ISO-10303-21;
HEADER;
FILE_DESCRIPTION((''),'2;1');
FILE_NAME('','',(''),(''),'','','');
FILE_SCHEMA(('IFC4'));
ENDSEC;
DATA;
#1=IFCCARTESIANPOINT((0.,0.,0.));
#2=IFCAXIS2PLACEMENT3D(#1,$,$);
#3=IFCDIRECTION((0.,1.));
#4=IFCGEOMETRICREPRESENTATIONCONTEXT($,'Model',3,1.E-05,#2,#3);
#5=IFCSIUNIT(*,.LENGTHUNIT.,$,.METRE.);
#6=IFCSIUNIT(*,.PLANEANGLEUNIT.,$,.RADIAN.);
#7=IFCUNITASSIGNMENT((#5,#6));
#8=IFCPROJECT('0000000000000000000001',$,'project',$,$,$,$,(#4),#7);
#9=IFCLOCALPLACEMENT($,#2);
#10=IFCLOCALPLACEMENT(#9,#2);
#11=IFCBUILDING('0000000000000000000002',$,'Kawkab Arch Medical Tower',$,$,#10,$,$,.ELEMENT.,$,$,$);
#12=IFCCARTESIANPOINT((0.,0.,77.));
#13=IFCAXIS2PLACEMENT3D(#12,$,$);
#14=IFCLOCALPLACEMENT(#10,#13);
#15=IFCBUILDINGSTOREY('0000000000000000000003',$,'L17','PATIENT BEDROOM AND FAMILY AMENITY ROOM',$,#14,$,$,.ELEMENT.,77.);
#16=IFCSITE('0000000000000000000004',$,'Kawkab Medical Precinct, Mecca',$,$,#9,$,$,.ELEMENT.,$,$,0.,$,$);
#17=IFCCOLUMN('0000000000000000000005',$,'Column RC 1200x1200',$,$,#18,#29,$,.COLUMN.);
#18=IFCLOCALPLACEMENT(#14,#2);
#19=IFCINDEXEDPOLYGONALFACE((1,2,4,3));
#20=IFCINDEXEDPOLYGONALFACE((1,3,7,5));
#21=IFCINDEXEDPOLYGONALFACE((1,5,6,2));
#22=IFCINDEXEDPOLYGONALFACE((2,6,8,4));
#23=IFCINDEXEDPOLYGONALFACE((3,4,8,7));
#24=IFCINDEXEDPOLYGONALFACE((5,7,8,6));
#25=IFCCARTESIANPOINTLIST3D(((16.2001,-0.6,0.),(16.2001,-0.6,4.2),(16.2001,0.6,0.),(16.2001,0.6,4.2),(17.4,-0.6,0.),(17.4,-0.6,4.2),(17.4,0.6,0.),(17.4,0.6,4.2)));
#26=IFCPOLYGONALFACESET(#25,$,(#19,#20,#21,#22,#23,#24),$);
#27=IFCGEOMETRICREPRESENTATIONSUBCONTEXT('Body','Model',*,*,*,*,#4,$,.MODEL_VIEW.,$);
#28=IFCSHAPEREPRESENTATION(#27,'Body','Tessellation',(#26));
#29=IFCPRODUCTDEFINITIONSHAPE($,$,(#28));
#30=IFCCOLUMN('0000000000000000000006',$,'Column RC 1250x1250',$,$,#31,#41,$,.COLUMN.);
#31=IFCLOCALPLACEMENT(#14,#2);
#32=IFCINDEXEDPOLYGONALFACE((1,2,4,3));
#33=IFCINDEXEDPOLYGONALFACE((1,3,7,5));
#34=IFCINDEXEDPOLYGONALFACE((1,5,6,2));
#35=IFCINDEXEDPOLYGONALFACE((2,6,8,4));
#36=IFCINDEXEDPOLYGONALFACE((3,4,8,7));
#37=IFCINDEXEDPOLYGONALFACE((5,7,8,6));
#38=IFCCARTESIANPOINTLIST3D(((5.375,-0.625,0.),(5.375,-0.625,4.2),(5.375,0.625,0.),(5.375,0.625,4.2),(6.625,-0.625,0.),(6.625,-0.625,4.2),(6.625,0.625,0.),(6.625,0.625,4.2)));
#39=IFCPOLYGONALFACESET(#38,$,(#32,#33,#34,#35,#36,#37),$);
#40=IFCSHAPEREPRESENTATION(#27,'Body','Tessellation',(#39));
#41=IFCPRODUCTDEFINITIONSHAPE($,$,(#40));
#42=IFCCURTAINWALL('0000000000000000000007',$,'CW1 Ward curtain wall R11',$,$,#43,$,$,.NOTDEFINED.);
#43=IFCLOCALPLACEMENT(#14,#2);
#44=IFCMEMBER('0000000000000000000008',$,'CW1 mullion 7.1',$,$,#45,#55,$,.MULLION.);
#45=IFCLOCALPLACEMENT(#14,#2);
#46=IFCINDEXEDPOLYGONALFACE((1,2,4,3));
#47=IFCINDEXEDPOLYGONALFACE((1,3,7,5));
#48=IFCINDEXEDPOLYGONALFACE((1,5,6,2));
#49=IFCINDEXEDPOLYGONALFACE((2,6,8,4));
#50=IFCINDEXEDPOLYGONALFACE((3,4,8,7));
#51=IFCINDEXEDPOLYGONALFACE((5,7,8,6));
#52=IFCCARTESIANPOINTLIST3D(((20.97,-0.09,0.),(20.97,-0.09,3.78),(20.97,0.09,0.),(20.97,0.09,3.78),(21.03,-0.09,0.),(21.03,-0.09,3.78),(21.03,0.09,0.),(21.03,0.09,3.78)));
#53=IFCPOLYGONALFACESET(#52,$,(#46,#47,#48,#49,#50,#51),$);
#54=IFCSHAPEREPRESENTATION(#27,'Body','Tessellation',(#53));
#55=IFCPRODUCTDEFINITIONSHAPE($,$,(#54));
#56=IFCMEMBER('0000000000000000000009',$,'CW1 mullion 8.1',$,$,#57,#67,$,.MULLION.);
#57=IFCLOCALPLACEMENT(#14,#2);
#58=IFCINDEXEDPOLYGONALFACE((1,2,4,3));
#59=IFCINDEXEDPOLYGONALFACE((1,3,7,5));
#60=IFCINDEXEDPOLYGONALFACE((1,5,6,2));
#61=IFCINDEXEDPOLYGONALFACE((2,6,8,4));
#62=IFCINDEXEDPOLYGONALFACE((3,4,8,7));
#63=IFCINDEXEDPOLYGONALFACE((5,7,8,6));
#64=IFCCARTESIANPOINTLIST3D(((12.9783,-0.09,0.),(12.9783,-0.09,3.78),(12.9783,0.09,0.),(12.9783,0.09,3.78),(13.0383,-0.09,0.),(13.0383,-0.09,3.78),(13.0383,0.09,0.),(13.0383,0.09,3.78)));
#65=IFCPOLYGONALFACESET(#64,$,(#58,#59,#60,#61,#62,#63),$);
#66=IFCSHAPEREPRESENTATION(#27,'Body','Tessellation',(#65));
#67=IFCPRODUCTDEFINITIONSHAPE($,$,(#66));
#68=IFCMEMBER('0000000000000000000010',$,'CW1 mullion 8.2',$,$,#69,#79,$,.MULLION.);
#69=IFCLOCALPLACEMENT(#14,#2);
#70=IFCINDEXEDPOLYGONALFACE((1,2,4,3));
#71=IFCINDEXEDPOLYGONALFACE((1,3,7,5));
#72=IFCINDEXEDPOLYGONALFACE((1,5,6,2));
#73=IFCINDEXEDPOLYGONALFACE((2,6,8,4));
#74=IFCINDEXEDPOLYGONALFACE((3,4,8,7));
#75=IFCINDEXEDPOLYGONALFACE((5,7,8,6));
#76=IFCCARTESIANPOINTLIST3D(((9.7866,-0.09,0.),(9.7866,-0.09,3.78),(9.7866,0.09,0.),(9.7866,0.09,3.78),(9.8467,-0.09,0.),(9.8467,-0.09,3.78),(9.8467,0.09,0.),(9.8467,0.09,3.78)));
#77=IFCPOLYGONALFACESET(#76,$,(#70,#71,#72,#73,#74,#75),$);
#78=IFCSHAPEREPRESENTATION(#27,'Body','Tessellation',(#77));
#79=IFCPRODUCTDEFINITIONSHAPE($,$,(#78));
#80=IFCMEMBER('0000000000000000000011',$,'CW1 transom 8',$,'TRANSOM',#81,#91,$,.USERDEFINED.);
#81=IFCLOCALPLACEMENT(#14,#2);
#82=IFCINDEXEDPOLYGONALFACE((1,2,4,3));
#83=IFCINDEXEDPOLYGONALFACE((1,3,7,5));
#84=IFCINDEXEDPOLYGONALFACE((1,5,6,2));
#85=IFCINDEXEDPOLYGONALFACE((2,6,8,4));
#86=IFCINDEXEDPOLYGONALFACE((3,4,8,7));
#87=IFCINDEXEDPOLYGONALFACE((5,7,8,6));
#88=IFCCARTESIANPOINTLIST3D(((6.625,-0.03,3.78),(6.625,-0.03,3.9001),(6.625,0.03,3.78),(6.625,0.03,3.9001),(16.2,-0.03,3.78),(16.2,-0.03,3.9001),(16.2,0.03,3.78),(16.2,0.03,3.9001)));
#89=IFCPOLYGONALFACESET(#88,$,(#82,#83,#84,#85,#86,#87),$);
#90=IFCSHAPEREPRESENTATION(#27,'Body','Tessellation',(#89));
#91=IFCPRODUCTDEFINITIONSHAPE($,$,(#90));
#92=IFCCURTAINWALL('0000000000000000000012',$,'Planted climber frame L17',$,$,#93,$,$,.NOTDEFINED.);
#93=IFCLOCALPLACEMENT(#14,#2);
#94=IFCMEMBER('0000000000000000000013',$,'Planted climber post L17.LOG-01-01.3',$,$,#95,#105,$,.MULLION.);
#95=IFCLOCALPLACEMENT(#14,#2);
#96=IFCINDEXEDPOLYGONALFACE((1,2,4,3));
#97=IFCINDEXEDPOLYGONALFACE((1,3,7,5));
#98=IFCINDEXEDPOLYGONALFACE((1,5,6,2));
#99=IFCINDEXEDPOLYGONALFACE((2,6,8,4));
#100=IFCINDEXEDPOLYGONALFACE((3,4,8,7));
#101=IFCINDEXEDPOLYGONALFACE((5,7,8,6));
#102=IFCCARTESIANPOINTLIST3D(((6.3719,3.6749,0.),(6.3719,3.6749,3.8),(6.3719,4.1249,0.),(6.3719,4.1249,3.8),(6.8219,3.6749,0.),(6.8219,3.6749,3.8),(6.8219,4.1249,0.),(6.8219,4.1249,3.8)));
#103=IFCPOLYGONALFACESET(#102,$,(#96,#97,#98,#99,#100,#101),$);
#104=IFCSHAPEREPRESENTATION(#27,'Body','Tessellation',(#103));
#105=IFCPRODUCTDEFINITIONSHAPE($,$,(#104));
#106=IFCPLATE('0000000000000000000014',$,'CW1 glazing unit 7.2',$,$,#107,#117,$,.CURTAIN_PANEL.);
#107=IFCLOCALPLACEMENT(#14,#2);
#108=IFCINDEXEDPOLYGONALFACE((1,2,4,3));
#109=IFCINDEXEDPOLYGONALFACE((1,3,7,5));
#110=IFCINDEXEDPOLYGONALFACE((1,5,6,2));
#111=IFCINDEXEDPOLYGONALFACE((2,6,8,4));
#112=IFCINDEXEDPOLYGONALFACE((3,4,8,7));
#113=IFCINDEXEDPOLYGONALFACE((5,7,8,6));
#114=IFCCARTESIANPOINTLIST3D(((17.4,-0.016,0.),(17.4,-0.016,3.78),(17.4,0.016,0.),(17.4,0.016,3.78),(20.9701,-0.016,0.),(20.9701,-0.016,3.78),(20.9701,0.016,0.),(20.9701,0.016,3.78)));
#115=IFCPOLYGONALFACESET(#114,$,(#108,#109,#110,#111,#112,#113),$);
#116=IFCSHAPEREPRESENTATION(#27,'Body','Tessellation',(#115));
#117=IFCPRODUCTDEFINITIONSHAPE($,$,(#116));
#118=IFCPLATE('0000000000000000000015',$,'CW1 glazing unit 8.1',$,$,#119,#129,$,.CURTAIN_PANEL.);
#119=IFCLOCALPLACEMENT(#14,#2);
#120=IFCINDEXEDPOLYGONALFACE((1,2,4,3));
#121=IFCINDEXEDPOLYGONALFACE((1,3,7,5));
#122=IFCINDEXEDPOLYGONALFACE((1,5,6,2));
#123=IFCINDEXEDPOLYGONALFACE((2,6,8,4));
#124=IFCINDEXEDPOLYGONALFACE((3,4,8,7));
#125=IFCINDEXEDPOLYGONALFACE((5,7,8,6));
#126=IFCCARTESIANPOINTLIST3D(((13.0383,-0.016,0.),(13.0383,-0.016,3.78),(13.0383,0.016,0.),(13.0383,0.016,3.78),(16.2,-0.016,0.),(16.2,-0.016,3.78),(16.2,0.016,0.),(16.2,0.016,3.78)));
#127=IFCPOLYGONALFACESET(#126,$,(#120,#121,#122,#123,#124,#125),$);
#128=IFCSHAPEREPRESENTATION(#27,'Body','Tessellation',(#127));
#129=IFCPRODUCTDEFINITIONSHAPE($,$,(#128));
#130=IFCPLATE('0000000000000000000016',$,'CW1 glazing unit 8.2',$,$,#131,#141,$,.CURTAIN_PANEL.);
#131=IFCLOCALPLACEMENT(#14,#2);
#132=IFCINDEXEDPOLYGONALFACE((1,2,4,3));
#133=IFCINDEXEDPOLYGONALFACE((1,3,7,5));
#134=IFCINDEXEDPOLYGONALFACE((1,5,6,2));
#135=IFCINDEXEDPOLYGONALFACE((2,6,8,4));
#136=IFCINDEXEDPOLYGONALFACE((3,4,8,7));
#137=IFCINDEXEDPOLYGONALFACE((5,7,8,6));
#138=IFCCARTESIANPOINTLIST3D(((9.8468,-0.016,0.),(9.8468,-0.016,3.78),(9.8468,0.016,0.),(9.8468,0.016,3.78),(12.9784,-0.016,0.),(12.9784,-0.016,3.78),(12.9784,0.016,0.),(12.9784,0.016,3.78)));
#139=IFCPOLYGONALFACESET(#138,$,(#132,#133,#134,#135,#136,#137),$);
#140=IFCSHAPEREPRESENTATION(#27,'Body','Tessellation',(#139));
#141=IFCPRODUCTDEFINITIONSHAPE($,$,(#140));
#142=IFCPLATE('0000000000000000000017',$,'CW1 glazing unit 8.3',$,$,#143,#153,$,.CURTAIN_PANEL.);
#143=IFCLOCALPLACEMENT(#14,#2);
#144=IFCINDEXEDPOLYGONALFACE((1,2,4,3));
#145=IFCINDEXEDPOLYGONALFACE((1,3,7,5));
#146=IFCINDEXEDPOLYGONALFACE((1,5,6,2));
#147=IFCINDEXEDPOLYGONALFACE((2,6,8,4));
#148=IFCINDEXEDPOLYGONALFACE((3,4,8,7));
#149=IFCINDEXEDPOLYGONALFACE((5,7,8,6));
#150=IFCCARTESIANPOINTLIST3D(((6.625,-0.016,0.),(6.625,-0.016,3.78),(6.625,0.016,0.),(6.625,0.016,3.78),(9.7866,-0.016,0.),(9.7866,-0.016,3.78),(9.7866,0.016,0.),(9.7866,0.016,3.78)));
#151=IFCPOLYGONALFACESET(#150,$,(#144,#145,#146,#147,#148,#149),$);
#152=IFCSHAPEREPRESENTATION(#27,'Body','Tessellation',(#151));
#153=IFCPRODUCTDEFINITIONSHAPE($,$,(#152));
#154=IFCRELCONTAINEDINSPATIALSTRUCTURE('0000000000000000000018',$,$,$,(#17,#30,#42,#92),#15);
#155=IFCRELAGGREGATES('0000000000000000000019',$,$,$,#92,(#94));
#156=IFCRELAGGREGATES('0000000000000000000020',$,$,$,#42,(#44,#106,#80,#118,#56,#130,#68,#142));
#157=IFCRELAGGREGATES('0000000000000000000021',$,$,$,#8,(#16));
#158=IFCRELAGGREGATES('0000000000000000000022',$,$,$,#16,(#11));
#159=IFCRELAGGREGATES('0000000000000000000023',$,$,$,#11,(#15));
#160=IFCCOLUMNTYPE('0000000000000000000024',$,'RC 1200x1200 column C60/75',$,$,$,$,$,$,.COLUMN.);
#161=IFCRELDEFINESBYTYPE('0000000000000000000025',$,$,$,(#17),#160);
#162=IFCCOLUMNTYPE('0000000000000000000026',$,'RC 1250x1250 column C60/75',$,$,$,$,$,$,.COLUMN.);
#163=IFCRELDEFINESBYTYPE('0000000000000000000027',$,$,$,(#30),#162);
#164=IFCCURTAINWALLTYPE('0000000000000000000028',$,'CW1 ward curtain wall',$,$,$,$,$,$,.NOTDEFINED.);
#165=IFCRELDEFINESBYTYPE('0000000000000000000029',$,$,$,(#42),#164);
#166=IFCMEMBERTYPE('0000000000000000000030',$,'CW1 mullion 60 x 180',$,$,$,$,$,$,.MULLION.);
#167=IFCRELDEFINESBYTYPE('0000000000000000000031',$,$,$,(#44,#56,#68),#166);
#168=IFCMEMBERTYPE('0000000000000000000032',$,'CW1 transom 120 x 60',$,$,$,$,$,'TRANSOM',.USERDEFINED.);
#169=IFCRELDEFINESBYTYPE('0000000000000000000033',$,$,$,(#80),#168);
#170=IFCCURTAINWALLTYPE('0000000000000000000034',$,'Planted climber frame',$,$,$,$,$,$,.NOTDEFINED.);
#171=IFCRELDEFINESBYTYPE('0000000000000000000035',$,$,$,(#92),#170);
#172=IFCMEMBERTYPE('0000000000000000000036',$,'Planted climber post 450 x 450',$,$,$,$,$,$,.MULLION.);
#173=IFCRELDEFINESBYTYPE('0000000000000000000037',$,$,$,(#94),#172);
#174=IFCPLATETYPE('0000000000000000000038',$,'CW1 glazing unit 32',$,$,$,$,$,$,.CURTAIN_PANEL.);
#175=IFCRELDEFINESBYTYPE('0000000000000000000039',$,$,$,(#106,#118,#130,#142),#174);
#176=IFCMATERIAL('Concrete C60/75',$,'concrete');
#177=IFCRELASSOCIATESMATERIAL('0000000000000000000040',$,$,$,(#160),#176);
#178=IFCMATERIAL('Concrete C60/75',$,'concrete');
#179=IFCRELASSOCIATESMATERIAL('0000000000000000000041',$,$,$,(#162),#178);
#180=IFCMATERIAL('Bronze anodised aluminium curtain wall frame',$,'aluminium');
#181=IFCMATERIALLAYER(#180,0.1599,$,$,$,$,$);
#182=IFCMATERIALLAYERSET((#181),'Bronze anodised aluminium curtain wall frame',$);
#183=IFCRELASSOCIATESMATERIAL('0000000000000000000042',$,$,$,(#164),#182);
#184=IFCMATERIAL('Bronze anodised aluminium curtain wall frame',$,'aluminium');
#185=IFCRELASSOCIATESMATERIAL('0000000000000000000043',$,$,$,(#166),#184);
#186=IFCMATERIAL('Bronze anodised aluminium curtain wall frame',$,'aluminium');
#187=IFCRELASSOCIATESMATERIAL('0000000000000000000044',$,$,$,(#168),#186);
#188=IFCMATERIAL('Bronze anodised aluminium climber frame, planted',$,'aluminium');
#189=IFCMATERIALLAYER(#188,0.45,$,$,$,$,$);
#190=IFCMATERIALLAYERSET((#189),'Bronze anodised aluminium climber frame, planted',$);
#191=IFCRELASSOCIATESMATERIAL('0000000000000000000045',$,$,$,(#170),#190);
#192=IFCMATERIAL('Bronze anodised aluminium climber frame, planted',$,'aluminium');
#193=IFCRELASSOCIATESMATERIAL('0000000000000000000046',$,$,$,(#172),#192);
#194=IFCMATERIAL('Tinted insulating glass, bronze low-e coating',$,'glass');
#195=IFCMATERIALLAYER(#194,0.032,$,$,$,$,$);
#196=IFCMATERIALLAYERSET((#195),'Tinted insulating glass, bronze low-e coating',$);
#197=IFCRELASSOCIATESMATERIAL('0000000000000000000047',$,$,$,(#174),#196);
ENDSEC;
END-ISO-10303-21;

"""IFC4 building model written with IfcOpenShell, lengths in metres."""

from ifc_helpers import new_model, si_unit, direction, frame, origin, origin_2d, place, context, subcontext, project, spatial, rectangle, extrude, material, layer, layer_set, material_profile, profile_set, type_object, element, aggregate, save


model = new_model("IFC4")

# Units and contexts
model_context = context("Model", 3, precision=1e-05, world=origin(), true_north=direction((0.0, 1.0)))
body_context = subcontext(model_context, "Body", "Model", "MODEL_VIEW")
ifc_project = project(units=[si_unit("LENGTHUNIT", "METRE"), si_unit("PLANEANGLEUNIT", "RADIAN")], contexts=[model_context])

# Site, building, storey
site_placement = place(None, origin())
site = spatial("IfcSite", under=ifc_project, at=site_placement, Name="Kawkab Medical Precinct, Mecca", CompositionType="ELEMENT", RefElevation=0.0)
building_placement = place(site_placement, origin())
building = spatial("IfcBuilding", under=site, at=building_placement, Name="Kawkab Arch Medical Tower", CompositionType="ELEMENT")
storey_placement = place(building_placement, frame((0.0, 0.0, 77.0)))
storey = spatial("IfcBuildingStorey", under=building, at=storey_placement, Name="L17", Description="PATIENT BEDROOM AND FAMILY AMENITY ROOM", CompositionType="ELEMENT", Elevation=77.0)

# Columns
ifc_material_1 = material(Name="Concrete C60/75", Category="concrete")
ifc_material_profile_1 = material_profile(ifc_material_1, rectangle(XDim=1.2, YDim=1.2, at=origin_2d()), Name="RC 1200x1200")
ifc_profile_set_1 = profile_set([ifc_material_profile_1], Name="Concrete C60/75")
column_type_1 = type_object("IfcColumnType", Name="RC 1200x1200 column C60/75", PredefinedType="COLUMN", material=ifc_profile_set_1)
column_1_placement = place(storey_placement, frame((16.8, 0.0, 0.0), z_axis=(0.0, 0.0, 1.0), x_axis=(1.0, 0.0, 0.0)))
element("IfcColumn", 1, at=column_1_placement, inside=storey, type_object=column_type_1, Name="Column RC 1200x1200", PredefinedType="COLUMN", context=body_context, shape_type="SweptSolid", body=[
    extrude(rectangle(XDim=1.2, YDim=1.2, at=origin_2d()), origin(), (0.0, 0.0, 1.0), 4.2),
])
ifc_material_2 = material(Name="Concrete C60/75", Category="concrete")
ifc_material_profile_2 = material_profile(ifc_material_2, rectangle(XDim=1.25, YDim=1.25, at=origin_2d()), Name="RC 1250x1250")
ifc_profile_set_2 = profile_set([ifc_material_profile_2], Name="Concrete C60/75")
column_type_2 = type_object("IfcColumnType", Name="RC 1250x1250 column C60/75", PredefinedType="COLUMN", material=ifc_profile_set_2)
column_2_placement = place(storey_placement, frame((6.0, 0.0, 0.0), z_axis=(0.0, 0.0, 1.0), x_axis=(1.0, 0.0, 0.0)))
element("IfcColumn", 2, at=column_2_placement, inside=storey, type_object=column_type_2, Name="Column RC 1250x1250", PredefinedType="COLUMN", context=body_context, shape_type="SweptSolid", body=[
    extrude(rectangle(XDim=1.25, YDim=1.25, at=origin_2d()), origin(), (0.0, 0.0, 1.0), 4.2),
])

# Curtain wall, members
ifc_material_3 = material(Name="Bronze anodised aluminium curtain wall frame", Category="aluminium")
ifc_layer_1 = layer(ifc_material_3, 0.1599)
ifc_layer_set_1 = layer_set([ifc_layer_1], Name="Bronze anodised aluminium curtain wall frame")
curtain_wall_type_1 = type_object("IfcCurtainWallType", Name="CW1 ward curtain wall", PredefinedType="NOTDEFINED", material=ifc_layer_set_1)
placement = place(storey_placement, origin())
curtain_wall_1 = element("IfcCurtainWall", 3, at=placement, inside=storey, type_object=curtain_wall_type_1, Name="CW1 Ward curtain wall R11", PredefinedType="NOTDEFINED")
ifc_material_4 = material(Name="Bronze anodised aluminium curtain wall frame", Category="aluminium")
ifc_material_profile_3 = material_profile(ifc_material_4, rectangle(XDim=0.1799, YDim=0.0601, at=origin_2d()), Name="AL 60x180")
ifc_profile_set_3 = profile_set([ifc_material_profile_3], Name="Bronze anodised aluminium curtain wall frame")
member_type_1 = type_object("IfcMemberType", Name="CW1 mullion 60 x 180", PredefinedType="MULLION", material=ifc_profile_set_3)
member_1_placement = place(storey_placement, frame((21.0, 0.0, 0.0), z_axis=(0.0, 0.0, 1.0), x_axis=(0.0, -1.0, 0.0)))
member_1 = element("IfcMember", 4, at=member_1_placement, type_object=member_type_1, Name="CW1 mullion 7.1", PredefinedType="MULLION", context=body_context, shape_type="SweptSolid", body=[
    extrude(rectangle(XDim=0.1799, YDim=0.0601, at=origin_2d()), origin(), (0.0, 0.0, 1.0), 3.78),
])
member_2_placement = place(storey_placement, frame((13.0083, 0.0, 0.0), z_axis=(0.0, 0.0, 1.0), x_axis=(0.0, -1.0, 0.0)))
member_2 = element("IfcMember", 5, at=member_2_placement, type_object=member_type_1, Name="CW1 mullion 8.1", PredefinedType="MULLION", context=body_context, shape_type="SweptSolid", body=[
    extrude(rectangle(XDim=0.1799, YDim=0.0601, at=origin_2d()), origin(), (0.0, 0.0, 1.0), 3.78),
])
member_3_placement = place(storey_placement, frame((9.8167, 0.0, 0.0), z_axis=(0.0, 0.0, 1.0), x_axis=(0.0, -1.0, 0.0)))
member_3 = element("IfcMember", 6, at=member_3_placement, type_object=member_type_1, Name="CW1 mullion 8.2", PredefinedType="MULLION", context=body_context, shape_type="SweptSolid", body=[
    extrude(rectangle(XDim=0.1799, YDim=0.0601, at=origin_2d()), origin(), (0.0, 0.0, 1.0), 3.78),
])
ifc_material_5 = material(Name="Bronze anodised aluminium curtain wall frame", Category="aluminium")
ifc_material_profile_4 = material_profile(ifc_material_5, rectangle(XDim=0.0601, YDim=0.1201, at=origin_2d()), Name="AL 60x120")
ifc_profile_set_4 = profile_set([ifc_material_profile_4], Name="Bronze anodised aluminium curtain wall frame")
member_type_2 = type_object("IfcMemberType", Name="CW1 transom 120 x 60", ElementType="TRANSOM", PredefinedType="USERDEFINED", material=ifc_profile_set_4)
member_4_placement = place(storey_placement, frame((16.2, 0.0, 3.8401), z_axis=(-1.0, 0.0, 0.0), x_axis=(0.0, -1.0, 0.0)))
member_4 = element("IfcMember", 7, at=member_4_placement, type_object=member_type_2, Name="CW1 transom 8", ObjectType="TRANSOM", PredefinedType="USERDEFINED", context=body_context, shape_type="SweptSolid", body=[
    extrude(rectangle(XDim=0.0601, YDim=0.1201, at=origin_2d()), origin(), (0.0, 0.0, 1.0), 9.575),
])

# Curtain wall, member
ifc_material_6 = material(Name="Bronze anodised aluminium climber frame, planted", Category="aluminium")
ifc_layer_2 = layer(ifc_material_6, 0.45)
ifc_layer_set_2 = layer_set([ifc_layer_2], Name="Bronze anodised aluminium climber frame, planted")
curtain_wall_type_2 = type_object("IfcCurtainWallType", Name="Planted climber frame", PredefinedType="NOTDEFINED", material=ifc_layer_set_2)
curtain_wall_2 = element("IfcCurtainWall", 8, at=placement, inside=storey, type_object=curtain_wall_type_2, Name="Planted climber frame L17", PredefinedType="NOTDEFINED")
ifc_material_7 = material(Name="Bronze anodised aluminium climber frame, planted", Category="aluminium")
ifc_material_profile_5 = material_profile(ifc_material_7, rectangle(XDim=0.45, YDim=0.45, at=origin_2d()), Name="Post 450x450")
ifc_profile_set_5 = profile_set([ifc_material_profile_5], Name="Bronze anodised aluminium climber frame, planted")
member_type_3 = type_object("IfcMemberType", Name="Planted climber post 450 x 450", PredefinedType="MULLION", material=ifc_profile_set_5)
member_5_placement = place(storey_placement, frame((6.5969, 3.8999, 0.0), z_axis=(0.0, 0.0, 1.0), x_axis=(1.0, 0.0, 0.0)))
member_5 = element("IfcMember", 9, at=member_5_placement, type_object=member_type_3, Name="Planted climber post L17.LOG-01-01.3", PredefinedType="MULLION", context=body_context, shape_type="SweptSolid", body=[
    extrude(rectangle(XDim=0.45, YDim=0.45, at=origin_2d()), origin(), (0.0, 0.0, 1.0), 3.8),
])
aggregate(curtain_wall_2, [member_5])

# Plates
ifc_material_8 = material(Name="Tinted insulating glass, bronze low-e coating", Category="glass")
ifc_layer_3 = layer(ifc_material_8, 0.032)
ifc_layer_set_3 = layer_set([ifc_layer_3], Name="Tinted insulating glass, bronze low-e coating")
plate_type = type_object("IfcPlateType", Name="CW1 glazing unit 32", PredefinedType="CURTAIN_PANEL", material=ifc_layer_set_3)
plate_1_placement = place(storey_placement, frame((19.1851, 0.0, 0.0), z_axis=(0.0, 0.0, 1.0), x_axis=(-1.0, 0.0, 0.0)))
plate_1 = element("IfcPlate", 10, at=plate_1_placement, type_object=plate_type, Name="CW1 glazing unit 7.2", PredefinedType="CURTAIN_PANEL", context=body_context, shape_type="SweptSolid", body=[
    extrude(rectangle(XDim=3.5701, YDim=0.032, at=origin_2d()), origin(), (0.0, 0.0, 1.0), 3.78),
])
plate_2_placement = place(storey_placement, frame((14.6191, 0.0, 0.0), z_axis=(0.0, 0.0, 1.0), x_axis=(-1.0, 0.0, 0.0)))
plate_2 = element("IfcPlate", 11, at=plate_2_placement, type_object=plate_type, Name="CW1 glazing unit 8.1", PredefinedType="CURTAIN_PANEL", context=body_context, shape_type="SweptSolid", body=[
    extrude(rectangle(XDim=3.1616, YDim=0.032, at=origin_2d()), origin(), (0.0, 0.0, 1.0), 3.78),
])
plate_3_placement = place(storey_placement, frame((11.4126, 0.0, 0.0), z_axis=(0.0, 0.0, 1.0), x_axis=(-1.0, 0.0, 0.0)))
plate_3 = element("IfcPlate", 12, at=plate_3_placement, type_object=plate_type, Name="CW1 glazing unit 8.2", PredefinedType="CURTAIN_PANEL", context=body_context, shape_type="SweptSolid", body=[
    extrude(rectangle(XDim=3.1316, YDim=0.032, at=origin_2d()), origin(), (0.0, 0.0, 1.0), 3.78),
])
plate_4_placement = place(storey_placement, frame((8.2058, 0.0, 0.0), z_axis=(0.0, 0.0, 1.0), x_axis=(-1.0, 0.0, 0.0)))
plate_4 = element("IfcPlate", 13, at=plate_4_placement, type_object=plate_type, Name="CW1 glazing unit 8.3", PredefinedType="CURTAIN_PANEL", context=body_context, shape_type="SweptSolid", body=[
    extrude(rectangle(XDim=3.1616, YDim=0.032, at=origin_2d()), origin(), (0.0, 0.0, 1.0), 3.78),
])
aggregate(curtain_wall_1, [member_1, plate_1, member_4, plate_2, member_2, plate_3, member_3, plate_4])

save(model, "model.ifc")
